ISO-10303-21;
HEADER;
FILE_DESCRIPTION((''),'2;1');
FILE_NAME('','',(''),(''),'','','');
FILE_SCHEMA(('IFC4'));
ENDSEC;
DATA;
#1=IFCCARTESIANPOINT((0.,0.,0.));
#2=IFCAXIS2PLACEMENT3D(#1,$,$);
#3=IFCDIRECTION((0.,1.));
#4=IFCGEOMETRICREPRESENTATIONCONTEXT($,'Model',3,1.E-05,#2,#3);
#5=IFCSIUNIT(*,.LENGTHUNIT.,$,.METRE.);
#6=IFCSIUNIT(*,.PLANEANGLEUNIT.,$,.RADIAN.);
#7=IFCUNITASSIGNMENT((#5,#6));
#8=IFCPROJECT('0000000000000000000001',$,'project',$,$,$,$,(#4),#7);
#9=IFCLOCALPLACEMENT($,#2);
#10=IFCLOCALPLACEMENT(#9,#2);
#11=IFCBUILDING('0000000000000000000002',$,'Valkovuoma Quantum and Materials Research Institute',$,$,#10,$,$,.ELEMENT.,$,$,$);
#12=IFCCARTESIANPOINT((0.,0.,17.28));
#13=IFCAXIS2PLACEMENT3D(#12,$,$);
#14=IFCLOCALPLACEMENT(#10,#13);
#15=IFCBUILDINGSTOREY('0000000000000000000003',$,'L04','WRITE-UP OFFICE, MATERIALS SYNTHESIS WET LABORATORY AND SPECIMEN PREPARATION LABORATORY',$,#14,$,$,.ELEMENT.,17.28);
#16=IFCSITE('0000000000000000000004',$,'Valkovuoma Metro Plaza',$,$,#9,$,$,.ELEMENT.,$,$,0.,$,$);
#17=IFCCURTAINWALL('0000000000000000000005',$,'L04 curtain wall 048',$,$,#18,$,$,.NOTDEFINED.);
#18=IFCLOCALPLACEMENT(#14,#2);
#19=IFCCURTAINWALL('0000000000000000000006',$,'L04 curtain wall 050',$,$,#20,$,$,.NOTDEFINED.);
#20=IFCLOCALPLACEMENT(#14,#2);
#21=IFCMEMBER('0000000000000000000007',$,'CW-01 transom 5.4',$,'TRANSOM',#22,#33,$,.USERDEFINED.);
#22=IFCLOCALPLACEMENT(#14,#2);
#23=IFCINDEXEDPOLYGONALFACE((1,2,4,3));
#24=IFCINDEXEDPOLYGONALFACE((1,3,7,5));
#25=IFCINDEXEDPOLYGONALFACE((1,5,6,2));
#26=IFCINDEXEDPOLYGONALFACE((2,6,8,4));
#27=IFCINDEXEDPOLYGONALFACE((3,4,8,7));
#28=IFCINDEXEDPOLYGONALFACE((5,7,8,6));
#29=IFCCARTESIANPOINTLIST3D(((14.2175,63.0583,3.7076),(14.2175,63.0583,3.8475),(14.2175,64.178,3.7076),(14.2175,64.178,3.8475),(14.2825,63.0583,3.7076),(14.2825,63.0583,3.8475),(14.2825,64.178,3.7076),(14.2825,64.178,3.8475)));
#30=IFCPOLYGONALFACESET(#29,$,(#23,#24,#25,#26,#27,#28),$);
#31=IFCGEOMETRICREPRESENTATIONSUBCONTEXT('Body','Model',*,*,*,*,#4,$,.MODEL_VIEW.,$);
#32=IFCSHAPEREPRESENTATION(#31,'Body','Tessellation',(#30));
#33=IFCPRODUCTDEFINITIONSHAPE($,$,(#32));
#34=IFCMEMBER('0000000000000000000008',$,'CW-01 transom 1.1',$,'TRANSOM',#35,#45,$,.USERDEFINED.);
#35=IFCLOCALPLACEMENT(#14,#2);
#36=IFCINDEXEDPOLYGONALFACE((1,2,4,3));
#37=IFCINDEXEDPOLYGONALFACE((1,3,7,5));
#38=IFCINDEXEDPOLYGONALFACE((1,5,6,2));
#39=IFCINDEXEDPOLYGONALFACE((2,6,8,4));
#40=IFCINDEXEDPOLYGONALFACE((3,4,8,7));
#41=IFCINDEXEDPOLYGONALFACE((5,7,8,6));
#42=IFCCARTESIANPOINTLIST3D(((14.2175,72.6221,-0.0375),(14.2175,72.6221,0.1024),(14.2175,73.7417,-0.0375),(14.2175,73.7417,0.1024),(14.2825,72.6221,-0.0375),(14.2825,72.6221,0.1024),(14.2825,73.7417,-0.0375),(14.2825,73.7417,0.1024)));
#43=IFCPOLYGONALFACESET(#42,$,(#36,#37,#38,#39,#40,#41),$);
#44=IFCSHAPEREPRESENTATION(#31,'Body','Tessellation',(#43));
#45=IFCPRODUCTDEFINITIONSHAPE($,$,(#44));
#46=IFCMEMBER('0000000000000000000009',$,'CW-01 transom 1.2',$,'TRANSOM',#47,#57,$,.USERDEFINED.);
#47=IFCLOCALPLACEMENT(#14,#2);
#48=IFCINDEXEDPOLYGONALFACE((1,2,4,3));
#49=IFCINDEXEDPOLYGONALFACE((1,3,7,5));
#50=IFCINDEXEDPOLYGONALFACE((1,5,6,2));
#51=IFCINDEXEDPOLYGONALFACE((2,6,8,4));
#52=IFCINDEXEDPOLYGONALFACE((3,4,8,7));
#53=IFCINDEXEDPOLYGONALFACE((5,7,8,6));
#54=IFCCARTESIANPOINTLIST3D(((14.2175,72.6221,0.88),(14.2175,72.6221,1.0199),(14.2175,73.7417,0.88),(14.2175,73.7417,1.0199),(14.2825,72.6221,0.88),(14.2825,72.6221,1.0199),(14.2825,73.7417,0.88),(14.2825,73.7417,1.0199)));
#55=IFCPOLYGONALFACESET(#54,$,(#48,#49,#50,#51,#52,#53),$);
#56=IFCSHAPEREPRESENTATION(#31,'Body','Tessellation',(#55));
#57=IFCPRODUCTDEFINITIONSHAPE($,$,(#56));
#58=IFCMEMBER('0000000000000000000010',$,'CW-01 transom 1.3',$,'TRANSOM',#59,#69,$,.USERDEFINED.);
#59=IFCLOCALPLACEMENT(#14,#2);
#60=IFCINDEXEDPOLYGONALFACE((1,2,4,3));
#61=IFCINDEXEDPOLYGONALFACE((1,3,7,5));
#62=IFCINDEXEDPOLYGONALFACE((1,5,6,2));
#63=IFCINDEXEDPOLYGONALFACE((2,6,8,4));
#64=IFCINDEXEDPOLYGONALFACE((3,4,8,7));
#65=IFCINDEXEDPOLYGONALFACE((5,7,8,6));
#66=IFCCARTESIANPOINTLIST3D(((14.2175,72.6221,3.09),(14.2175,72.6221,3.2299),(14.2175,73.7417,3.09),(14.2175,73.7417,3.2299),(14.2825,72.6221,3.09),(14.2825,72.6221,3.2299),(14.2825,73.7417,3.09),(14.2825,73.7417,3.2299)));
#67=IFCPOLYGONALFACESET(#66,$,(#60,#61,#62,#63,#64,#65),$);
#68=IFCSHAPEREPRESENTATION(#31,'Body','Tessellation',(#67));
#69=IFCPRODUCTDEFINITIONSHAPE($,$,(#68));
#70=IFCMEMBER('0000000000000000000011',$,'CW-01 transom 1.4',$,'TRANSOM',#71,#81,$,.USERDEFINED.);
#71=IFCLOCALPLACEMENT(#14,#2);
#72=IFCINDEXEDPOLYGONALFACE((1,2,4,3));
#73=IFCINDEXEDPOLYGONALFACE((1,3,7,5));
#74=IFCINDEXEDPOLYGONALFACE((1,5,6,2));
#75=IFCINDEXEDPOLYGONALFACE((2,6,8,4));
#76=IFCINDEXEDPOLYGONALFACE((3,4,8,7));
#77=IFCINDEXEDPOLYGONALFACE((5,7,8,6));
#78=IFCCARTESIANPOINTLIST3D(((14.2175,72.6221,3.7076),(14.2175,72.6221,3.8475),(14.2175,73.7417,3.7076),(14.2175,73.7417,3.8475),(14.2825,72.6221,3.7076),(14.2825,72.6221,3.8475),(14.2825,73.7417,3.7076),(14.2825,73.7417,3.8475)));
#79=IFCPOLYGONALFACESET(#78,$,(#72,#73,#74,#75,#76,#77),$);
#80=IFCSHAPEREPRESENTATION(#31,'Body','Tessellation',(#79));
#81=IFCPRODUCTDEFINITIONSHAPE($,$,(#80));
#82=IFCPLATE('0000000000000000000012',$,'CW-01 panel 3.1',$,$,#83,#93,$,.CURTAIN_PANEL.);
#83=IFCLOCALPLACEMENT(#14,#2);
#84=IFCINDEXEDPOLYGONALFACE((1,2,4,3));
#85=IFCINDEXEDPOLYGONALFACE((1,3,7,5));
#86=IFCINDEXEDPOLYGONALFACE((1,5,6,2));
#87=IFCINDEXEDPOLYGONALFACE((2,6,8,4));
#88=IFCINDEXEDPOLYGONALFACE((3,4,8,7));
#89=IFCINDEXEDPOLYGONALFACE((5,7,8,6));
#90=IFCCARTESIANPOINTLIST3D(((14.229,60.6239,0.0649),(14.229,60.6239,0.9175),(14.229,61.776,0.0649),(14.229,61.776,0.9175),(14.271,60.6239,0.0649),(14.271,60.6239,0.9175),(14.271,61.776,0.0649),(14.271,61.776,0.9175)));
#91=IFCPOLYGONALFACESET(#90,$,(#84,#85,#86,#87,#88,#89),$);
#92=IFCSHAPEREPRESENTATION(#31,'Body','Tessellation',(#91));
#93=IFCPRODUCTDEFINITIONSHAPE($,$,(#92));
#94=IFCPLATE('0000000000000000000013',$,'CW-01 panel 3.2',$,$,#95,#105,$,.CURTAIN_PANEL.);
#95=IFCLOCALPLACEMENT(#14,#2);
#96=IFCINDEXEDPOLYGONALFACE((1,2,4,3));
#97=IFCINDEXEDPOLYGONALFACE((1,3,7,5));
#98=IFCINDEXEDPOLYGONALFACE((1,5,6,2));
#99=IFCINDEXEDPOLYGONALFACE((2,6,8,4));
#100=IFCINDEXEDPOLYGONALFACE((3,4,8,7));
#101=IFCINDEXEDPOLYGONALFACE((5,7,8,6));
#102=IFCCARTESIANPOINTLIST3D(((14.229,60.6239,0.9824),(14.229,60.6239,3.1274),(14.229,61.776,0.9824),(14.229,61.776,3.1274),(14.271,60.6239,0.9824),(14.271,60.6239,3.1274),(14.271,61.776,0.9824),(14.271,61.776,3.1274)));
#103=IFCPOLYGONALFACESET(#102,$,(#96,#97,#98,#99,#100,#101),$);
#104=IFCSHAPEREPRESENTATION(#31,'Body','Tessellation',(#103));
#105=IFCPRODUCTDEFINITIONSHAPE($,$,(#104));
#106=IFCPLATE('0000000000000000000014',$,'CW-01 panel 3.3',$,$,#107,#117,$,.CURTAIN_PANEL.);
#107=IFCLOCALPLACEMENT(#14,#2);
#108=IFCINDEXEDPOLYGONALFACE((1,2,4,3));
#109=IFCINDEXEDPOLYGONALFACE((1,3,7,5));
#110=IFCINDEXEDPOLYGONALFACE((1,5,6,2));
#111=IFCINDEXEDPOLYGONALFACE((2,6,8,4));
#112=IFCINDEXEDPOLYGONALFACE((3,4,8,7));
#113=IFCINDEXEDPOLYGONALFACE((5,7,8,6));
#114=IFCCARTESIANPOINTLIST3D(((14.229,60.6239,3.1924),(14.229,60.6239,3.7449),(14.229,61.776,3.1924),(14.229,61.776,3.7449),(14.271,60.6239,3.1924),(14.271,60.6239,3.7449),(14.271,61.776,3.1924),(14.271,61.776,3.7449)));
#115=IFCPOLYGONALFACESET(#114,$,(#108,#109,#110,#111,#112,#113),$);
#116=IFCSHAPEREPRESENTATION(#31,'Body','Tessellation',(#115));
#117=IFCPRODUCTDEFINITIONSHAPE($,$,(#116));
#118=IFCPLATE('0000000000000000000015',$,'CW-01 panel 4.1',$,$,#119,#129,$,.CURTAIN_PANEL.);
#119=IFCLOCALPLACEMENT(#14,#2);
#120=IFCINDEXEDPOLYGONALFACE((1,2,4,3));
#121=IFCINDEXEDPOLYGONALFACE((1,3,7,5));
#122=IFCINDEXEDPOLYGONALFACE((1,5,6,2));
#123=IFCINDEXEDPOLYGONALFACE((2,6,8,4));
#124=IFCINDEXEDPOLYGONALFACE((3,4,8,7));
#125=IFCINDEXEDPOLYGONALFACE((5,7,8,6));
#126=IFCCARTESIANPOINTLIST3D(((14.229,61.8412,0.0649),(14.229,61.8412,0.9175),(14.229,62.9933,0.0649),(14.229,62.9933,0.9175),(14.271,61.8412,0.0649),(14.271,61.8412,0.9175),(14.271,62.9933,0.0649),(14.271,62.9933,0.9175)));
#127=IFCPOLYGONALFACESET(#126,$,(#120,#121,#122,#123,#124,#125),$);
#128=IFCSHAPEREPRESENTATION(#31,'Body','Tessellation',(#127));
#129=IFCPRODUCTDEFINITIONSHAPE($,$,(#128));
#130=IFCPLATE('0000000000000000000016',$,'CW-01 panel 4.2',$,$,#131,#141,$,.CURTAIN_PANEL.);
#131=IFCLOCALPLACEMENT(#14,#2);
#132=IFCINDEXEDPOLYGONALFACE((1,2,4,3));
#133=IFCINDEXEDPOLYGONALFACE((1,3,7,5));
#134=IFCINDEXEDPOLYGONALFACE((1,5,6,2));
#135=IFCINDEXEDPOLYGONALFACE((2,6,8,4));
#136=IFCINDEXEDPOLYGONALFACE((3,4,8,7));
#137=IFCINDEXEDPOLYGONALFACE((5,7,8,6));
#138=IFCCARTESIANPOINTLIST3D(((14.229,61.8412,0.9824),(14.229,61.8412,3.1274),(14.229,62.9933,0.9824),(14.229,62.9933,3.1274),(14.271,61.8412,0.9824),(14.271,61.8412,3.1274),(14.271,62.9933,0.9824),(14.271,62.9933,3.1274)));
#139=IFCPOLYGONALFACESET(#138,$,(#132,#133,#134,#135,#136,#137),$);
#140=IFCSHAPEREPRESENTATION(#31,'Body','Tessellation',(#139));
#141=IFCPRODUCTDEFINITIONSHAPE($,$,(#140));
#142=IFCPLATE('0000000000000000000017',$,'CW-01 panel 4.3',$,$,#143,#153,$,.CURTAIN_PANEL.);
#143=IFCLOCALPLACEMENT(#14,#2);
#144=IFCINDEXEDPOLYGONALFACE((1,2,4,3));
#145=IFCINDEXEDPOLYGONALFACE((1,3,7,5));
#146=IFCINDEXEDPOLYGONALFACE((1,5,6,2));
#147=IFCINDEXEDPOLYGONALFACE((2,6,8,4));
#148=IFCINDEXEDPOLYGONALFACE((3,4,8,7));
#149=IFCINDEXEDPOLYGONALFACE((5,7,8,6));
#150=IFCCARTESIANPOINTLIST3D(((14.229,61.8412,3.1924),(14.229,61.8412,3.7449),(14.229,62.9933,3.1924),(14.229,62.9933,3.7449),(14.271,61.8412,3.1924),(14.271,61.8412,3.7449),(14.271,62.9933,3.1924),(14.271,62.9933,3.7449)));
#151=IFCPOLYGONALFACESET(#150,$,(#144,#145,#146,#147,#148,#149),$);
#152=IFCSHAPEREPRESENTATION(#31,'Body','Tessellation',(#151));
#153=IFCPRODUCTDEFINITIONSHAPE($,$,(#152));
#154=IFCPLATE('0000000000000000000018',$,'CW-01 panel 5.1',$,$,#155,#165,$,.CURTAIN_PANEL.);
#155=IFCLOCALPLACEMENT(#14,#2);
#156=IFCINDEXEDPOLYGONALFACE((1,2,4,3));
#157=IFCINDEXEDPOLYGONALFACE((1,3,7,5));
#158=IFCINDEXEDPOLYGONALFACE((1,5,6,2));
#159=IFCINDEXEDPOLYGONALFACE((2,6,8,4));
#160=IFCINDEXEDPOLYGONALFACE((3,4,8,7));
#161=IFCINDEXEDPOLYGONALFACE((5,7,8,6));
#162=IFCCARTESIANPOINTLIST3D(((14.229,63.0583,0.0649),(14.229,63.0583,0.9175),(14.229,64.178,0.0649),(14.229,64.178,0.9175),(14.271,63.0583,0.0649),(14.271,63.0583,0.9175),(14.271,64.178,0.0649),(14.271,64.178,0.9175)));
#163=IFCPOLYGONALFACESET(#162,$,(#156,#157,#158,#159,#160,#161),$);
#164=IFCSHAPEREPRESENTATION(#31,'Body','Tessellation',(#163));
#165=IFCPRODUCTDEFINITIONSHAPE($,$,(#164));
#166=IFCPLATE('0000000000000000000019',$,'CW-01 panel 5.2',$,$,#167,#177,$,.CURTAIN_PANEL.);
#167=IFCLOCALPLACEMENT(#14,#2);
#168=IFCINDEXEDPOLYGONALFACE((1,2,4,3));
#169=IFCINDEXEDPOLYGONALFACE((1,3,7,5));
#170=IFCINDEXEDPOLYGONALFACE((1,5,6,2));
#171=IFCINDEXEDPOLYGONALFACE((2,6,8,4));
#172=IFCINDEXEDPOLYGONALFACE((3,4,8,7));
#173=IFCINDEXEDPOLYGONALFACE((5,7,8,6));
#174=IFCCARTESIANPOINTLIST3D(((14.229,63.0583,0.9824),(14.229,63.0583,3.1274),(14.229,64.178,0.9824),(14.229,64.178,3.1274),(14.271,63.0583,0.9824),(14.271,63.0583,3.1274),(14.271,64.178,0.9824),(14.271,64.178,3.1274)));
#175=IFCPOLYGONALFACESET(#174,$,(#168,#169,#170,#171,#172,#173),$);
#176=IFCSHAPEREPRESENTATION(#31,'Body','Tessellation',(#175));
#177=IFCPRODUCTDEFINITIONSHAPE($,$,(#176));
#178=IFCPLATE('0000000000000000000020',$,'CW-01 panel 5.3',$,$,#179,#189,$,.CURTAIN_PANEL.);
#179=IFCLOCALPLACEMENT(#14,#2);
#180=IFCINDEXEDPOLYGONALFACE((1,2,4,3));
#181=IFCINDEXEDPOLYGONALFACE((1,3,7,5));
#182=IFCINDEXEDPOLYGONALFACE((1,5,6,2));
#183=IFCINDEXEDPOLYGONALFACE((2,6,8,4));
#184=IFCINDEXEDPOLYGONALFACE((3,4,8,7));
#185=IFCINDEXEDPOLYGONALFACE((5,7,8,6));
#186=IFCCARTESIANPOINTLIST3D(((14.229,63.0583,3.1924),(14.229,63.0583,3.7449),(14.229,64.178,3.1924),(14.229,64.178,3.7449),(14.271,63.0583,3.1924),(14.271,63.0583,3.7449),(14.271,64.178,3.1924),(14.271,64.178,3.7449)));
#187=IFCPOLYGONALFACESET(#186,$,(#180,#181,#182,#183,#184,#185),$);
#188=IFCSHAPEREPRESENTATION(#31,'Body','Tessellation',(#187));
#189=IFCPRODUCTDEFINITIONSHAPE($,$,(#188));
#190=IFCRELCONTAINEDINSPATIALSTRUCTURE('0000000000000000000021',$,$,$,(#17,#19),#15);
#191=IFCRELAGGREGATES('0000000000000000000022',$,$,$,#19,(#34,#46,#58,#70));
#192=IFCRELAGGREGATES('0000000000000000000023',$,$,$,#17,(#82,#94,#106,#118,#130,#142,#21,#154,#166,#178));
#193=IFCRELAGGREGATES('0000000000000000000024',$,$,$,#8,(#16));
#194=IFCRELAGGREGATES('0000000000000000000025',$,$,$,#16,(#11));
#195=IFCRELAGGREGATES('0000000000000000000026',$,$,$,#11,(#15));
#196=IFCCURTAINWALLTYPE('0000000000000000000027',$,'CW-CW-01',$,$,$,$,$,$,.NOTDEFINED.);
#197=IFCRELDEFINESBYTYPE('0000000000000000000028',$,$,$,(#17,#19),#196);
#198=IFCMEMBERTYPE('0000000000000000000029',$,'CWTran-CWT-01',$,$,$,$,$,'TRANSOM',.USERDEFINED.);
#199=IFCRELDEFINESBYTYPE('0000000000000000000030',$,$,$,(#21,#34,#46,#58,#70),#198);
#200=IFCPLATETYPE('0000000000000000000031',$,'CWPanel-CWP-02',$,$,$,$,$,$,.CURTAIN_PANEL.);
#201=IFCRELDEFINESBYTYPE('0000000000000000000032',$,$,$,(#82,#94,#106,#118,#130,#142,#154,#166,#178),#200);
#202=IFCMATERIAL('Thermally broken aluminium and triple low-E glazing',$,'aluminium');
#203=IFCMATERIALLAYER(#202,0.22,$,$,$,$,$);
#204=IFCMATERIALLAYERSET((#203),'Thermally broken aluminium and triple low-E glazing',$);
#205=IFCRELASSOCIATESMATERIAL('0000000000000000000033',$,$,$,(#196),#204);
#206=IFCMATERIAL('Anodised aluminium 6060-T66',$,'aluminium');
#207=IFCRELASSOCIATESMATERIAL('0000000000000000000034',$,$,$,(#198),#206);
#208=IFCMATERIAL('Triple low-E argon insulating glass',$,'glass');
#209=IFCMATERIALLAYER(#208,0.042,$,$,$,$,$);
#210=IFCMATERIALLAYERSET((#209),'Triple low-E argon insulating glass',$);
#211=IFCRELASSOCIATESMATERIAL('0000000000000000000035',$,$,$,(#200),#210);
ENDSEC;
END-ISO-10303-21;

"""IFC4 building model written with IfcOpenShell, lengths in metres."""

from ifc_helpers import new_model, si_unit, direction, frame, origin, origin_2d, place, context, subcontext, project, spatial, rectangle, extrude, material, layer, layer_set, material_profile, profile_set, type_object, element, aggregate, save


model = new_model("IFC4")

# Units and contexts
model_context = context("Model", 3, precision=1e-05, world=origin(), true_north=direction((0.0, 1.0)))
body_context = subcontext(model_context, "Body", "Model", "MODEL_VIEW")
ifc_project = project(units=[si_unit("LENGTHUNIT", "METRE"), si_unit("PLANEANGLEUNIT", "RADIAN")], contexts=[model_context])

# Site, building, storey
site_placement = place(None, origin())
site = spatial("IfcSite", under=ifc_project, at=site_placement, Name="Valkovuoma Metro Plaza", CompositionType="ELEMENT", RefElevation=0.0)
building_placement = place(site_placement, origin())
building = spatial("IfcBuilding", under=site, at=building_placement, Name="Valkovuoma Quantum and Materials Research Institute", CompositionType="ELEMENT")
storey_placement = place(building_placement, frame((0.0, 0.0, 17.28)))
storey = spatial("IfcBuildingStorey", under=building, at=storey_placement, Name="L04", Description="WRITE-UP OFFICE, MATERIALS SYNTHESIS WET LABORATORY AND SPECIMEN PREPARATION LABORATORY", CompositionType="ELEMENT", Elevation=17.28)

# Curtain wall
ifc_material_1 = material(Name="Thermally broken aluminium and triple low-E glazing", Category="aluminium")
ifc_layer_1 = layer(ifc_material_1, 0.22)
ifc_layer_set_1 = layer_set([ifc_layer_1], Name="Thermally broken aluminium and triple low-E glazing")
curtain_wall_type = type_object("IfcCurtainWallType", Name="CW-CW-01", PredefinedType="NOTDEFINED", material=ifc_layer_set_1)
curtain_wall_1_placement = place(storey_placement, origin())
curtain_wall_1 = element("IfcCurtainWall", 1, at=curtain_wall_1_placement, inside=storey, type_object=curtain_wall_type, Name="L04 curtain wall 048", PredefinedType="NOTDEFINED")

# Curtain wall
curtain_wall_2_placement = place(storey_placement, origin())
curtain_wall_2 = element("IfcCurtainWall", 2, at=curtain_wall_2_placement, inside=storey, type_object=curtain_wall_type, Name="L04 curtain wall 050", PredefinedType="NOTDEFINED")

# Members
ifc_material_2 = material(Name="Anodised aluminium 6060-T66", Category="aluminium")
ifc_material_profile_1 = material_profile(ifc_material_2, rectangle(XDim=0.0649, YDim=0.1399, at=origin_2d()), Name="Anodised aluminium 6060-T66")
ifc_profile_set_1 = profile_set([ifc_material_profile_1], Name="Anodised aluminium 6060-T66")
member_type_1 = type_object("IfcMemberType", Name="CWTran-CWT-01", ElementType="TRANSOM", PredefinedType="USERDEFINED", material=ifc_profile_set_1)
member_1_placement = place(storey_placement, frame((14.25, 63.0583, 3.7776), z_axis=(0.0, 1.0, 0.0), x_axis=(-1.0, 0.0, 0.0)))
member_1 = element("IfcMember", 3, at=member_1_placement, type_object=member_type_1, Name="CW-01 transom 5.4", ObjectType="TRANSOM", PredefinedType="USERDEFINED", context=body_context, shape_type="SweptSolid", body=[
    extrude(rectangle(XDim=0.0649, YDim=0.1399, at=origin_2d()), origin(), (0.0, 0.0, 1.0), 1.1196),
])
member_2_placement = place(storey_placement, frame((14.25, 72.6221, 0.0325), z_axis=(0.0, 1.0, 0.0), x_axis=(-1.0, 0.0, 0.0)))
member_2 = element("IfcMember", 4, at=member_2_placement, type_object=member_type_1, Name="CW-01 transom 1.1", ObjectType="TRANSOM", PredefinedType="USERDEFINED", context=body_context, shape_type="SweptSolid", body=[
    extrude(rectangle(XDim=0.0649, YDim=0.1399, at=origin_2d()), origin(), (0.0, 0.0, 1.0), 1.1196),
])
member_3_placement = place(storey_placement, frame((14.25, 72.6221, 0.95), z_axis=(0.0, 1.0, 0.0), x_axis=(-1.0, 0.0, 0.0)))
member_3 = element("IfcMember", 5, at=member_3_placement, type_object=member_type_1, Name="CW-01 transom 1.2", ObjectType="TRANSOM", PredefinedType="USERDEFINED", context=body_context, shape_type="SweptSolid", body=[
    extrude(rectangle(XDim=0.0649, YDim=0.1399, at=origin_2d()), origin(), (0.0, 0.0, 1.0), 1.1196),
])
member_4_placement = place(storey_placement, frame((14.25, 72.6221, 3.1599), z_axis=(0.0, 1.0, 0.0), x_axis=(-1.0, 0.0, 0.0)))
member_4 = element("IfcMember", 6, at=member_4_placement, type_object=member_type_1, Name="CW-01 transom 1.3", ObjectType="TRANSOM", PredefinedType="USERDEFINED", context=body_context, shape_type="SweptSolid", body=[
    extrude(rectangle(XDim=0.0649, YDim=0.1399, at=origin_2d()), origin(), (0.0, 0.0, 1.0), 1.1196),
])
member_5_placement = place(storey_placement, frame((14.25, 72.6221, 3.7776), z_axis=(0.0, 1.0, 0.0), x_axis=(-1.0, 0.0, 0.0)))
member_5 = element("IfcMember", 7, at=member_5_placement, type_object=member_type_1, Name="CW-01 transom 1.4", ObjectType="TRANSOM", PredefinedType="USERDEFINED", context=body_context, shape_type="SweptSolid", body=[
    extrude(rectangle(XDim=0.0649, YDim=0.1399, at=origin_2d()), origin(), (0.0, 0.0, 1.0), 1.1196),
])
aggregate(curtain_wall_2, [member_2, member_3, member_4, member_5])

# Plates
ifc_material_3 = material(Name="Triple low-E argon insulating glass", Category="glass")
ifc_layer_2 = layer(ifc_material_3, 0.042)
ifc_layer_set_2 = layer_set([ifc_layer_2], Name="Triple low-E argon insulating glass")
plate_type = type_object("IfcPlateType", Name="CWPanel-CWP-02", PredefinedType="CURTAIN_PANEL", material=ifc_layer_set_2)
plate_1_placement = place(storey_placement, frame((14.25, 61.2, 0.0649), z_axis=(0.0, 0.0, 1.0), x_axis=(0.0, 1.0, 0.0)))
plate_1 = element("IfcPlate", 8, at=plate_1_placement, type_object=plate_type, Name="CW-01 panel 3.1", PredefinedType="CURTAIN_PANEL", context=body_context, shape_type="SweptSolid", body=[
    extrude(rectangle(XDim=1.1521, YDim=0.042, at=origin_2d()), origin(), (0.0, 0.0, 1.0), 0.8525),
])
plate_2_placement = place(storey_placement, frame((14.25, 61.2, 0.9824), z_axis=(0.0, 0.0, 1.0), x_axis=(0.0, 1.0, 0.0)))
plate_2 = element("IfcPlate", 9, at=plate_2_placement, type_object=plate_type, Name="CW-01 panel 3.2", PredefinedType="CURTAIN_PANEL", context=body_context, shape_type="SweptSolid", body=[
    extrude(rectangle(XDim=1.1521, YDim=0.042, at=origin_2d()), origin(), (0.0, 0.0, 1.0), 2.145),
])
plate_3_placement = place(storey_placement, frame((14.25, 61.2, 3.1924), z_axis=(0.0, 0.0, 1.0), x_axis=(0.0, 1.0, 0.0)))
plate_3 = element("IfcPlate", 10, at=plate_3_placement, type_object=plate_type, Name="CW-01 panel 3.3", PredefinedType="CURTAIN_PANEL", context=body_context, shape_type="SweptSolid", body=[
    extrude(rectangle(XDim=1.1521, YDim=0.042, at=origin_2d()), origin(), (0.0, 0.0, 1.0), 0.5525),
])
plate_4_placement = place(storey_placement, frame((14.25, 62.4172, 0.0649), z_axis=(0.0, 0.0, 1.0), x_axis=(0.0, 1.0, 0.0)))
plate_4 = element("IfcPlate", 11, at=plate_4_placement, type_object=plate_type, Name="CW-01 panel 4.1", PredefinedType="CURTAIN_PANEL", context=body_context, shape_type="SweptSolid", body=[
    extrude(rectangle(XDim=1.1521, YDim=0.042, at=origin_2d()), origin(), (0.0, 0.0, 1.0), 0.8525),
])
plate_5_placement = place(storey_placement, frame((14.25, 62.4172, 0.9824), z_axis=(0.0, 0.0, 1.0), x_axis=(0.0, 1.0, 0.0)))
plate_5 = element("IfcPlate", 12, at=plate_5_placement, type_object=plate_type, Name="CW-01 panel 4.2", PredefinedType="CURTAIN_PANEL", context=body_context, shape_type="SweptSolid", body=[
    extrude(rectangle(XDim=1.1521, YDim=0.042, at=origin_2d()), origin(), (0.0, 0.0, 1.0), 2.145),
])
plate_6_placement = place(storey_placement, frame((14.25, 62.4172, 3.1924), z_axis=(0.0, 0.0, 1.0), x_axis=(0.0, 1.0, 0.0)))
plate_6 = element("IfcPlate", 13, at=plate_6_placement, type_object=plate_type, Name="CW-01 panel 4.3", PredefinedType="CURTAIN_PANEL", context=body_context, shape_type="SweptSolid", body=[
    extrude(rectangle(XDim=1.1521, YDim=0.042, at=origin_2d()), origin(), (0.0, 0.0, 1.0), 0.5525),
])
plate_7_placement = place(storey_placement, frame((14.25, 63.6182, 0.0649), z_axis=(0.0, 0.0, 1.0), x_axis=(0.0, 1.0, 0.0)))
plate_7 = element("IfcPlate", 14, at=plate_7_placement, type_object=plate_type, Name="CW-01 panel 5.1", PredefinedType="CURTAIN_PANEL", context=body_context, shape_type="SweptSolid", body=[
    extrude(rectangle(XDim=1.1196, YDim=0.042, at=origin_2d()), origin(), (0.0, 0.0, 1.0), 0.8525),
])
plate_8_placement = place(storey_placement, frame((14.25, 63.6182, 0.9824), z_axis=(0.0, 0.0, 1.0), x_axis=(0.0, 1.0, 0.0)))
plate_8 = element("IfcPlate", 15, at=plate_8_placement, type_object=plate_type, Name="CW-01 panel 5.2", PredefinedType="CURTAIN_PANEL", context=body_context, shape_type="SweptSolid", body=[
    extrude(rectangle(XDim=1.1196, YDim=0.042, at=origin_2d()), origin(), (0.0, 0.0, 1.0), 2.145),
])
plate_9_placement = place(storey_placement, frame((14.25, 63.6182, 3.1924), z_axis=(0.0, 0.0, 1.0), x_axis=(0.0, 1.0, 0.0)))
plate_9 = element("IfcPlate", 16, at=plate_9_placement, type_object=plate_type, Name="CW-01 panel 5.3", PredefinedType="CURTAIN_PANEL", context=body_context, shape_type="SweptSolid", body=[
    extrude(rectangle(XDim=1.1196, YDim=0.042, at=origin_2d()), origin(), (0.0, 0.0, 1.0), 0.5525),
])
aggregate(curtain_wall_1, [plate_1, plate_2, plate_3, plate_4, plate_5, plate_6, member_1, plate_7, plate_8, plate_9])

save(model, "model.ifc")
